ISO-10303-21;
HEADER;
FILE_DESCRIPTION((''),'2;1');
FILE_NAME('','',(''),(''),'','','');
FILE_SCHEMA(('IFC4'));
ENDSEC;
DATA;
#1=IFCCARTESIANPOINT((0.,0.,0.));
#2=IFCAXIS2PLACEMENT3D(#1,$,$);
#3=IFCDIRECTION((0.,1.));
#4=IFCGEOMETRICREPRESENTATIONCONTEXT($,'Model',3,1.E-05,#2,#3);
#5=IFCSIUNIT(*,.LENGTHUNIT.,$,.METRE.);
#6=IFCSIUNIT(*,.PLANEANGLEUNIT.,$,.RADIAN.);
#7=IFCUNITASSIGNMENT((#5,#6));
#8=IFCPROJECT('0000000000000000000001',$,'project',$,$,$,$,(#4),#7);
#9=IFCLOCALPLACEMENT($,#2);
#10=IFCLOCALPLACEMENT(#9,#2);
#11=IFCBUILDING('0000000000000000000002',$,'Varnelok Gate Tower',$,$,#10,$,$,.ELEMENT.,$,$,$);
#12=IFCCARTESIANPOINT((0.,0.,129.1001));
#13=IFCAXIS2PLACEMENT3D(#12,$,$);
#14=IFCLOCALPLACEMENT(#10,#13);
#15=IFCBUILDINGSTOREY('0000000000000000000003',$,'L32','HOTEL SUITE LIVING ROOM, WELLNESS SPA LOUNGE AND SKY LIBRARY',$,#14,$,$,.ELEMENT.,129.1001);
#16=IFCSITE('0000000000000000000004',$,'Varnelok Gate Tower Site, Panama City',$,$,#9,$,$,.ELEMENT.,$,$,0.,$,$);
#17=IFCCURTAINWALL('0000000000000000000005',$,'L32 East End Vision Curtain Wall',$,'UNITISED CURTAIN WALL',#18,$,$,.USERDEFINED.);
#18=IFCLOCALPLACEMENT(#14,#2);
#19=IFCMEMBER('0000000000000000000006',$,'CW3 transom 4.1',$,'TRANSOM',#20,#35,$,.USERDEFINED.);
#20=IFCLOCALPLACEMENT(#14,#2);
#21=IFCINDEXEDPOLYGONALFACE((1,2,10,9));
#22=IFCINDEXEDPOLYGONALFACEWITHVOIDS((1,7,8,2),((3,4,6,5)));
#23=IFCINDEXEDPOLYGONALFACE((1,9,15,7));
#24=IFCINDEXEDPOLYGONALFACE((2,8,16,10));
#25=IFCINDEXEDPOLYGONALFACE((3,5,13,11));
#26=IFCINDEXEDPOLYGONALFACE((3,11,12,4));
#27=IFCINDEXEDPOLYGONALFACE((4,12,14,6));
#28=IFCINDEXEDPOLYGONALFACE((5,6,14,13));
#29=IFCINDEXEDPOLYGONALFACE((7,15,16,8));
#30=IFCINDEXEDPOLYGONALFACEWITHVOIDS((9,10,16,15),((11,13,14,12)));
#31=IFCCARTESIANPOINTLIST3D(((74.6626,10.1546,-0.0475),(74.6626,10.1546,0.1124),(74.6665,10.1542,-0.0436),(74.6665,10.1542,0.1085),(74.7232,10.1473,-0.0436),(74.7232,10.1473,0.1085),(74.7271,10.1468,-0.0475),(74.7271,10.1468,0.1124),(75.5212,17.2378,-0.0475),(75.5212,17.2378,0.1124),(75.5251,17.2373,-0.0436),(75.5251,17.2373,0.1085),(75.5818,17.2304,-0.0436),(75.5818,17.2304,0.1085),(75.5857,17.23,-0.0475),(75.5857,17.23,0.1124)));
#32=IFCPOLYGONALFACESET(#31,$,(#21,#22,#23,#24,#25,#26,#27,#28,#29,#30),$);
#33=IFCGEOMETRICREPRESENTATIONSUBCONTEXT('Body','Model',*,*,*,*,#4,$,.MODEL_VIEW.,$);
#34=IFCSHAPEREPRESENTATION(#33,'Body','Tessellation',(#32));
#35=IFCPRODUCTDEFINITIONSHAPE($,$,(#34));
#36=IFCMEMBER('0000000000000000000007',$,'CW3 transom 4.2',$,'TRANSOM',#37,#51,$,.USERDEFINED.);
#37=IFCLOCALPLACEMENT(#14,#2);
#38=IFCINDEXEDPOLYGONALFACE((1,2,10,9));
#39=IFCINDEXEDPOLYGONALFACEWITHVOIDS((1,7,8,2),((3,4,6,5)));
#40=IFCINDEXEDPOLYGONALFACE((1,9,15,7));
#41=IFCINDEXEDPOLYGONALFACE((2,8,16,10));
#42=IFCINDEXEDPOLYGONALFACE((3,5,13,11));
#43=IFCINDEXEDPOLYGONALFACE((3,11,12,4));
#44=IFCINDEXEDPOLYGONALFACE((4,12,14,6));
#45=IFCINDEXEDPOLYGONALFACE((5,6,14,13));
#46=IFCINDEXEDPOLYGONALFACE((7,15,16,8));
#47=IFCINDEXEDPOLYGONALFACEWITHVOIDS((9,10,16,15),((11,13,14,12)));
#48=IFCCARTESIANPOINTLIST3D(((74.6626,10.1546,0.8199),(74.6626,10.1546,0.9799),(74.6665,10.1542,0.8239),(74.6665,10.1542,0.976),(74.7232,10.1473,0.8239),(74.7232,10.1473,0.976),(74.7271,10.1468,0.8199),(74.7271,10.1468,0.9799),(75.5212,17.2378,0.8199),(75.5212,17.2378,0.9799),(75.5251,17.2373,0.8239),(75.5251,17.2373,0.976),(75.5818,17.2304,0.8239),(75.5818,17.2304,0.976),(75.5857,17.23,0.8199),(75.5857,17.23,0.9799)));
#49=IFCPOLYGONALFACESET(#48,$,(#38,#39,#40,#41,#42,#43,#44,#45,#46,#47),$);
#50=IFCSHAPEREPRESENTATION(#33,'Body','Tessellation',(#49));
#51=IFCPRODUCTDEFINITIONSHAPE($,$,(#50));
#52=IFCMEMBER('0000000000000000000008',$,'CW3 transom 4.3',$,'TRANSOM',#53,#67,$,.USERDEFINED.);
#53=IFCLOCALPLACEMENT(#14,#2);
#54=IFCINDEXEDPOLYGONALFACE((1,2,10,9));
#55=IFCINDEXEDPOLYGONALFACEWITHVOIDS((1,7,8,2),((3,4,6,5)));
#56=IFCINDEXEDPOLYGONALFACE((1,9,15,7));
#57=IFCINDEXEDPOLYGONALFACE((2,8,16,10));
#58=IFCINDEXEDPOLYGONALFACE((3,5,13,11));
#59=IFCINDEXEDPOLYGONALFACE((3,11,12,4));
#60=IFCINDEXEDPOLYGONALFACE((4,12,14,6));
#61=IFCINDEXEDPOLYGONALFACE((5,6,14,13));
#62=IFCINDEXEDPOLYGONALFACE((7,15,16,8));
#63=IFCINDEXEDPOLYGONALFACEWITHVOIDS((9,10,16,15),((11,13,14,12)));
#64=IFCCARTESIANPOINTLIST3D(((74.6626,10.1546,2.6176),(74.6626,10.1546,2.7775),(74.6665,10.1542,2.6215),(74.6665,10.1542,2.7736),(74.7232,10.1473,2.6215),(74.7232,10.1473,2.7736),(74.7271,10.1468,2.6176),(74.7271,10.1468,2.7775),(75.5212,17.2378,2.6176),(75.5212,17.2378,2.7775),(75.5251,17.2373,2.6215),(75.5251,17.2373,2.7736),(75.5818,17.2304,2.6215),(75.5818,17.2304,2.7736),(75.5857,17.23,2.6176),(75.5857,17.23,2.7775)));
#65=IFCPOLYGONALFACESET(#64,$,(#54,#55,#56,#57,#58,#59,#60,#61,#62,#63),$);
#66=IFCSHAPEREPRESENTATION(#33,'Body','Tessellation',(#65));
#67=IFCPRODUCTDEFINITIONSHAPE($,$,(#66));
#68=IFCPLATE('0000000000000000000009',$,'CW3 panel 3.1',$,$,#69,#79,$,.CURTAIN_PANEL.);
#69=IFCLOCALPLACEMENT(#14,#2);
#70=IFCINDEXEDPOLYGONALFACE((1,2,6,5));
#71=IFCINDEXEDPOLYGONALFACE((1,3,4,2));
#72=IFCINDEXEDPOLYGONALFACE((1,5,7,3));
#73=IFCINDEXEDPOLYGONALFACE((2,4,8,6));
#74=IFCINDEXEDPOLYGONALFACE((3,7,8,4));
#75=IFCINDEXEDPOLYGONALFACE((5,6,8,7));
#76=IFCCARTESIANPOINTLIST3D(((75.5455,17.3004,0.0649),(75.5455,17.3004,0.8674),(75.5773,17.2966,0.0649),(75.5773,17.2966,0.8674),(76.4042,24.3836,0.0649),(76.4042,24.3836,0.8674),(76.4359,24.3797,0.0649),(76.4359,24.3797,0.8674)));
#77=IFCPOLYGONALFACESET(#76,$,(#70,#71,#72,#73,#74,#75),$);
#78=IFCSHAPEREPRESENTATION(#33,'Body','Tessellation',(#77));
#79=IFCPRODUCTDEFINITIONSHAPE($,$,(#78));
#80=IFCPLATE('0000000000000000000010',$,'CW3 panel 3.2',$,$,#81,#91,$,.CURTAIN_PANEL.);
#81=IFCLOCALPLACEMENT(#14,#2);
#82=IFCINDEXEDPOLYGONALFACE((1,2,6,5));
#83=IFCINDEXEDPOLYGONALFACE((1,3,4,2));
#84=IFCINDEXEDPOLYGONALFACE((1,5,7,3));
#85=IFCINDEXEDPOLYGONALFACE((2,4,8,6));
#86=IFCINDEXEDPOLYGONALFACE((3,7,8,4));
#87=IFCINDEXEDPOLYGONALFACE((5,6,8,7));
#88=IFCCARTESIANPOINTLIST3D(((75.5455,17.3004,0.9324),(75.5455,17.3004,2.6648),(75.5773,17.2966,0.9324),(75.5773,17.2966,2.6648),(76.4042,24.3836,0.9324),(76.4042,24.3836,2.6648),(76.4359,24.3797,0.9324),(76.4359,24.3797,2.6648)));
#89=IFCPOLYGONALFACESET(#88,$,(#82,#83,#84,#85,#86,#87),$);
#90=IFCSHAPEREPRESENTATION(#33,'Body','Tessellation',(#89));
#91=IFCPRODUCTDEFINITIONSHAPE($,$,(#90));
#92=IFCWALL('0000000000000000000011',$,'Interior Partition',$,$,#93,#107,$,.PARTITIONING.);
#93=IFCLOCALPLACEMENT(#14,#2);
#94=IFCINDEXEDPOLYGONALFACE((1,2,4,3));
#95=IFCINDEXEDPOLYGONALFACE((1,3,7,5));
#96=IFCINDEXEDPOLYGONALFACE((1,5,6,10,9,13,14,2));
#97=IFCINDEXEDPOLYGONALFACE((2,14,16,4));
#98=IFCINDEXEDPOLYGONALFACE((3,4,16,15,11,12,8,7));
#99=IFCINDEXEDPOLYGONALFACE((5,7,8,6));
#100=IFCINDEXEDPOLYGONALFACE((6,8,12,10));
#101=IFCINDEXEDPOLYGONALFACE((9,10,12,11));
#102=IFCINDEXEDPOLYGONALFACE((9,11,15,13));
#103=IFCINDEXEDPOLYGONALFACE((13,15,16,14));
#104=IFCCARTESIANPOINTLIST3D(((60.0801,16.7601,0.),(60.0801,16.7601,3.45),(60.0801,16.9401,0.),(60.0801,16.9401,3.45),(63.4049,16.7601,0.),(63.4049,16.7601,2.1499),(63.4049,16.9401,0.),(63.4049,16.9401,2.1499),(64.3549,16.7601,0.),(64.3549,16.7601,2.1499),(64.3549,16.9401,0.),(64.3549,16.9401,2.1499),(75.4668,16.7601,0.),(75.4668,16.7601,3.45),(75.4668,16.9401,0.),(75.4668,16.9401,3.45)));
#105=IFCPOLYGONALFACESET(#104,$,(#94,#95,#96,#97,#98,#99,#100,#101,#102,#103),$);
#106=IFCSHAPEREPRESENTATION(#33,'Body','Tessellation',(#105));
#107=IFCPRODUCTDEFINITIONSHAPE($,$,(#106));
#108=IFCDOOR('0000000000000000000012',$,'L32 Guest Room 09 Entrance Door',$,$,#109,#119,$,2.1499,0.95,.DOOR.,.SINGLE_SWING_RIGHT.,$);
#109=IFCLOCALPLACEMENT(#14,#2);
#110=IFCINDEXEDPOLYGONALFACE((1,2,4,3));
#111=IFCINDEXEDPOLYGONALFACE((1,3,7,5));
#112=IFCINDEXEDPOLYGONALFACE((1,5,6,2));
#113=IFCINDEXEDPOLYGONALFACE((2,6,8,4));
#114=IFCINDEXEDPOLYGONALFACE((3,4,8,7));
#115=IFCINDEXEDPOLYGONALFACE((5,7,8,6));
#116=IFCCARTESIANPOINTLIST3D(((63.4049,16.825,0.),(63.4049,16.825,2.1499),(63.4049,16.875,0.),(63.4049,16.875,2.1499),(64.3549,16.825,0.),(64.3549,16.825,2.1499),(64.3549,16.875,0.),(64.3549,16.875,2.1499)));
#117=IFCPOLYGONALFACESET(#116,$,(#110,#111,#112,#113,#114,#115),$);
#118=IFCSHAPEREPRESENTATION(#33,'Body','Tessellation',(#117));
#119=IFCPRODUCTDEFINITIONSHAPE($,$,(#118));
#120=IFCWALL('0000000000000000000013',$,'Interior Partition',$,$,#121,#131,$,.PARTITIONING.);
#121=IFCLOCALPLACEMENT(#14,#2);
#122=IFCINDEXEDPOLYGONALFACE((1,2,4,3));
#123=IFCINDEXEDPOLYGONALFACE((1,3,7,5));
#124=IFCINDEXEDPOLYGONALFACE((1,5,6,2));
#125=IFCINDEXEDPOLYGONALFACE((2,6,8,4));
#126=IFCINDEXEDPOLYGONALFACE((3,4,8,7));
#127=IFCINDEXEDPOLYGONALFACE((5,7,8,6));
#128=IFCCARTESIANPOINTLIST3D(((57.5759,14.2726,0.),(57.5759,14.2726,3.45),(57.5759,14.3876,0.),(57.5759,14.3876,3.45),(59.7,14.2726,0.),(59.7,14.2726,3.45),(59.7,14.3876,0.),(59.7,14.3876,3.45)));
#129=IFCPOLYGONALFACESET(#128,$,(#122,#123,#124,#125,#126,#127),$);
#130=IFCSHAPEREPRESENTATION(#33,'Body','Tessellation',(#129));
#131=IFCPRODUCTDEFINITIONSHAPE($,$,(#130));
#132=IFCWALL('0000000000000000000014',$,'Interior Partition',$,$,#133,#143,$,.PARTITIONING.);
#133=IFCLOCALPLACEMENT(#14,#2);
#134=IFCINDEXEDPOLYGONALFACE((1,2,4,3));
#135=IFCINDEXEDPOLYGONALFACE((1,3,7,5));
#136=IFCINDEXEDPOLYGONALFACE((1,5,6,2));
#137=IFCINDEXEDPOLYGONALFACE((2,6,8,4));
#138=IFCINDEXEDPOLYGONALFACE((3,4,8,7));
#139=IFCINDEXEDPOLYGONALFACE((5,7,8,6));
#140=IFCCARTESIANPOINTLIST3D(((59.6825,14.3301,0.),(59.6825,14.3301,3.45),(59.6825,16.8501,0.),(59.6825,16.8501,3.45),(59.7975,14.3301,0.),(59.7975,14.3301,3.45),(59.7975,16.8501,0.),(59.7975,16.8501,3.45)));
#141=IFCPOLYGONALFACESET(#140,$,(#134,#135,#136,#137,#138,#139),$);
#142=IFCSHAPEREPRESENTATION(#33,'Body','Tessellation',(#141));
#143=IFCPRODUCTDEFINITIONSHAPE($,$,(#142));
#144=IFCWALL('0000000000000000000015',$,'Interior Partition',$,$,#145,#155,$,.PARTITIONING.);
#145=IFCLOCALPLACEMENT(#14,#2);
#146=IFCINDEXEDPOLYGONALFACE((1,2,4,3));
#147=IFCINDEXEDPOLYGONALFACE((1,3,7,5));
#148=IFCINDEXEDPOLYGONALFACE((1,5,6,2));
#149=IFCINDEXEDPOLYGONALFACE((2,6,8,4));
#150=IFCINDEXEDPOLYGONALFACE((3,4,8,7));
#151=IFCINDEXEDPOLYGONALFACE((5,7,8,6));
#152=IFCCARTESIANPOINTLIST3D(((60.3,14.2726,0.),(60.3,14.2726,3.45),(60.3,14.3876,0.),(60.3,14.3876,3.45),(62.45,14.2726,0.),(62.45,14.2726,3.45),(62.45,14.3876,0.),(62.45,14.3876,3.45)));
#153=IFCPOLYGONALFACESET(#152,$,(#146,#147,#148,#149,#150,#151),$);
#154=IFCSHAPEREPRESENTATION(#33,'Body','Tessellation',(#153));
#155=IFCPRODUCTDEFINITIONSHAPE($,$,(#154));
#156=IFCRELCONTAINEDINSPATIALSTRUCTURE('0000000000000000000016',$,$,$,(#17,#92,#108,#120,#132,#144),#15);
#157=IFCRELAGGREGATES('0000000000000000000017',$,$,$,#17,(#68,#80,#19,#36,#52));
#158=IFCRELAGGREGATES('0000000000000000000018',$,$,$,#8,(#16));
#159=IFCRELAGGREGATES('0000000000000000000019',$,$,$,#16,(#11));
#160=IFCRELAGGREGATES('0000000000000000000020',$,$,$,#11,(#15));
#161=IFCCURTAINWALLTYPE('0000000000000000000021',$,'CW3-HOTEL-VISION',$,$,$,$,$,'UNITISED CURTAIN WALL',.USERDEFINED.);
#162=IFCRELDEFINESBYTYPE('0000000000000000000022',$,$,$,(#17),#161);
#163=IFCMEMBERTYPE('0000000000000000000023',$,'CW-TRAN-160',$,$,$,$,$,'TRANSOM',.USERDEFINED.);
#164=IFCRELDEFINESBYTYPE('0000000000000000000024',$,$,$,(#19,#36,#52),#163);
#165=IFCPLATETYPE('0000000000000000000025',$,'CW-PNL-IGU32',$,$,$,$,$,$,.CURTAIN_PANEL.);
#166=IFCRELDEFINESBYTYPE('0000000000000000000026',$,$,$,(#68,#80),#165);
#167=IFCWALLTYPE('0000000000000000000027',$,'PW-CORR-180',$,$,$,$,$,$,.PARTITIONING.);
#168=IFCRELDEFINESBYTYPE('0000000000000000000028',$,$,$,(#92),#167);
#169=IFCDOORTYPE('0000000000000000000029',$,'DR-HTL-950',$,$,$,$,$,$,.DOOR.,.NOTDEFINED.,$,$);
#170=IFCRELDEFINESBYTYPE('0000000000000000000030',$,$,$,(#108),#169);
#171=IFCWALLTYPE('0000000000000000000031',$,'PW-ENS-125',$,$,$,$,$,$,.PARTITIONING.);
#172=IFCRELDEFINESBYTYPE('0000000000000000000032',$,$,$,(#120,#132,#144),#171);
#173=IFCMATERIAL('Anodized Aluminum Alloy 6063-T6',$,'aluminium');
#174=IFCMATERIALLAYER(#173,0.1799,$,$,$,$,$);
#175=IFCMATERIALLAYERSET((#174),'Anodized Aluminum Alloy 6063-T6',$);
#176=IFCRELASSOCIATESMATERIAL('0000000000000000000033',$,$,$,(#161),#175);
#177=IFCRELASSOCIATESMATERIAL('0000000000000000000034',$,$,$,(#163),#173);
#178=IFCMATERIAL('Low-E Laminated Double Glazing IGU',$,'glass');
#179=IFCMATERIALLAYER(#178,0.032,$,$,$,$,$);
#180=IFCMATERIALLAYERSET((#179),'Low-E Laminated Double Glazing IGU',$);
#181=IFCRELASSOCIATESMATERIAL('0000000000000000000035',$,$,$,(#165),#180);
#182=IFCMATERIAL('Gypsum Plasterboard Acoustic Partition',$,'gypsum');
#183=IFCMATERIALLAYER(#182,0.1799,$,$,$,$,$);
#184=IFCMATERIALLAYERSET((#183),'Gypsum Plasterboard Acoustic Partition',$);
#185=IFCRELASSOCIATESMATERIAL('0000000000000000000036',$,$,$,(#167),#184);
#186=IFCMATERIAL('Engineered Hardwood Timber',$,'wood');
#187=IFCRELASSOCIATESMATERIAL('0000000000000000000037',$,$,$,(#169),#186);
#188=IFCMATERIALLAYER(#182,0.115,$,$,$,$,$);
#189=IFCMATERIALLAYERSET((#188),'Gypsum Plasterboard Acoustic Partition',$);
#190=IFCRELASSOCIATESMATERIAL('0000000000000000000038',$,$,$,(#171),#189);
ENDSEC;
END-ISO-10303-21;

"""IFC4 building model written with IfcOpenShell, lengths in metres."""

from ifc_helpers import new_model, si_unit, direction, frame, frame_2d, origin, origin_2d, place, context, subcontext, project, spatial, rectangle, hollow_rectangle, extrude, source, transform, mapped, material, layer, layer_set, material_profile, profile_set, type_object, element, fill, aggregate, save


model = new_model("IFC4")

# Units and contexts
model_context = context("Model", 3, precision=1e-05, world=origin(), true_north=direction((0.0, 1.0)))
body_context = subcontext(model_context, "Body", "Model", "MODEL_VIEW")
ifc_project = project(units=[si_unit("LENGTHUNIT", "METRE"), si_unit("PLANEANGLEUNIT", "RADIAN")], contexts=[model_context])

# Site, building, storey
site_placement = place(None, origin())
site = spatial("IfcSite", under=ifc_project, at=site_placement, Name="Varnelok Gate Tower Site, Panama City", CompositionType="ELEMENT", RefElevation=0.0)
building_placement = place(site_placement, origin())
building = spatial("IfcBuilding", under=site, at=building_placement, Name="Varnelok Gate Tower", CompositionType="ELEMENT")
storey_placement = place(building_placement, frame((0.0, 0.0, 129.1001)))
storey = spatial("IfcBuildingStorey", under=building, at=storey_placement, Name="L32", Description="HOTEL SUITE LIVING ROOM, WELLNESS SPA LOUNGE AND SKY LIBRARY", CompositionType="ELEMENT", Elevation=129.1001)

# Curtain wall, members, plates
ifc_material_1 = material(Name="Anodized Aluminum Alloy 6063-T6", Category="aluminium")
ifc_layer_1 = layer(ifc_material_1, 0.1799)
ifc_layer_set_1 = layer_set([ifc_layer_1], Name="Anodized Aluminum Alloy 6063-T6")
curtain_wall_type = type_object("IfcCurtainWallType", Name="CW3-HOTEL-VISION", ElementType="UNITISED CURTAIN WALL", PredefinedType="USERDEFINED", material=ifc_layer_set_1)
curtain_wall_placement = place(storey_placement, origin())
curtain_wall = element("IfcCurtainWall", 1, at=curtain_wall_placement, inside=storey, type_object=curtain_wall_type, Name="L32 East End Vision Curtain Wall", ObjectType="UNITISED CURTAIN WALL", PredefinedType="USERDEFINED")
ifc_material_profile_1 = material_profile(ifc_material_1, hollow_rectangle(XDim=0.0649, YDim=0.1599, WallThickness=0.0039, at=origin_2d()), Name="ALU160X65X4")
ifc_profile_set_1 = profile_set([ifc_material_profile_1], Name="Anodized Aluminum Alloy 6063-T6")
member_type_1 = type_object("IfcMemberType", Name="CW-TRAN-160", ElementType="TRANSOM", PredefinedType="USERDEFINED", material=ifc_profile_set_1)
member_1_placement = place(storey_placement, frame((75.5535, 17.2339, 0.0325), z_axis=(-0.120341, -0.992733, 0.0), x_axis=(0.992733, -0.120341, 0.0)))
member_1 = element("IfcMember", 2, at=member_1_placement, type_object=member_type_1, Name="CW3 transom 4.1", ObjectType="TRANSOM", PredefinedType="USERDEFINED", context=body_context, shape_type="SweptSolid", body=[
    extrude(hollow_rectangle(XDim=0.0649, YDim=0.1599, WallThickness=0.0039, at=origin_2d()), origin(), (0.0, 0.0, 1.0), 7.135),
])
member_2_placement = place(storey_placement, frame((75.5535, 17.2339, 0.8999), z_axis=(-0.120341, -0.992733, 0.0), x_axis=(0.992733, -0.120341, 0.0)))
member_2 = element("IfcMember", 3, at=member_2_placement, type_object=member_type_1, Name="CW3 transom 4.2", ObjectType="TRANSOM", PredefinedType="USERDEFINED", context=body_context, shape_type="SweptSolid", body=[
    extrude(hollow_rectangle(XDim=0.0649, YDim=0.1599, WallThickness=0.0039, at=origin_2d()), origin(), (0.0, 0.0, 1.0), 7.135),
])
member_3_placement = place(storey_placement, frame((75.5535, 17.2339, 2.6975), z_axis=(-0.120341, -0.992733, 0.0), x_axis=(0.992733, -0.120341, 0.0)))
member_3 = element("IfcMember", 4, at=member_3_placement, type_object=member_type_1, Name="CW3 transom 4.3", ObjectType="TRANSOM", PredefinedType="USERDEFINED", context=body_context, shape_type="SweptSolid", body=[
    extrude(hollow_rectangle(XDim=0.0649, YDim=0.1599, WallThickness=0.0039, at=origin_2d()), origin(), (0.0, 0.0, 1.0), 7.135),
])
ifc_material_2 = material(Name="Low-E Laminated Double Glazing IGU", Category="glass")
ifc_layer_2 = layer(ifc_material_2, 0.032)
ifc_layer_set_2 = layer_set([ifc_layer_2], Name="Low-E Laminated Double Glazing IGU")
plate_type = type_object("IfcPlateType", Name="CW-PNL-IGU32", PredefinedType="CURTAIN_PANEL", material=ifc_layer_set_2)
shared_shape_1 = source(origin(), body_context, "Body", "SweptSolid", [
    extrude(rectangle(XDim=7.135, YDim=0.032, at=origin_2d()), origin(), (0.0, 0.0, 1.0), 0.8025),
])
plate_1_placement = place(storey_placement, frame((75.9907, 20.8401, 0.0649), z_axis=(0.0, 0.0, 1.0), x_axis=(-0.120347, -0.992732, 0.0)))
plate_1 = element("IfcPlate", 5, at=plate_1_placement, type_object=plate_type, Name="CW3 panel 3.1", PredefinedType="CURTAIN_PANEL", context=body_context, shape_type="MappedRepresentation", body=[
    mapped(shared_shape_1, transform((0.0, 0.0, 0.0), scale=1.0)),
])
shared_shape_2 = source(origin(), body_context, "Body", "SweptSolid", [
    extrude(rectangle(XDim=7.135, YDim=0.032, at=origin_2d()), origin(), (0.0, 0.0, 1.0), 1.7324),
])
plate_2_placement = place(storey_placement, frame((75.9907, 20.8401, 0.9324), z_axis=(0.0, 0.0, 1.0), x_axis=(-0.120347, -0.992732, 0.0)))
plate_2 = element("IfcPlate", 6, at=plate_2_placement, type_object=plate_type, Name="CW3 panel 3.2", PredefinedType="CURTAIN_PANEL", context=body_context, shape_type="MappedRepresentation", body=[
    mapped(shared_shape_2, transform((0.0, 0.0, 0.0), scale=1.0)),
])
aggregate(curtain_wall, [plate_1, plate_2, member_1, member_2, member_3])

# Wall, opening, door
ifc_material_3 = material(Name="Gypsum Plasterboard Acoustic Partition", Category="gypsum")
ifc_layer_3 = layer(ifc_material_3, 0.1799)
ifc_layer_set_3 = layer_set([ifc_layer_3], Name="Gypsum Plasterboard Acoustic Partition")
wall_type_1 = type_object("IfcWallType", Name="PW-CORR-180", PredefinedType="PARTITIONING", material=ifc_layer_set_3)
wall_1_placement = place(storey_placement, frame((60.0801, 16.8501, 0.0), z_axis=(0.0, 0.0, 1.0), x_axis=(1.0, 0.0, 0.0)))
wall_1 = element("IfcWall", 7, at=wall_1_placement, inside=storey, type_object=wall_type_1, Name="Interior Partition", PredefinedType="PARTITIONING", context=body_context, shape_type="SweptSolid", body=[
    extrude(rectangle(XDim=15.3867, YDim=0.1799, at=frame_2d((7.6934, 0.0))), origin(), (0.0, 0.0, 1.0), 3.45),
])
opening_1_placement = place(wall_1_placement, frame((3.3247, 0.0, 0.0)))
opening_1 = element("IfcOpeningElement", 8, at=opening_1_placement, cuts=wall_1, PredefinedType="OPENING", context=body_context, shape_type="SweptSolid", body=[
    extrude(rectangle(XDim=0.95, YDim=2.1499, at=frame_2d((0.4751, 1.075))), frame((0.0, 0.0999, 0.0), z_axis=(0.0, -1.0, 0.0), x_axis=(1.0, 0.0, 0.0)), (0.0, 0.0, 1.0), 0.2),
])
ifc_material_4 = material(Name="Engineered Hardwood Timber", Category="wood")
door_type_1 = type_object("IfcDoorType", Name="DR-HTL-950", OperationType="NOTDEFINED", PredefinedType="DOOR", material=ifc_material_4)
door_1_placement = place(opening_1_placement, origin())
door_1 = element("IfcDoor", 9, at=door_1_placement, inside=storey, type_object=door_type_1, Name="L32 Guest Room 09 Entrance Door", OperationType="SINGLE_SWING_RIGHT", OverallHeight=2.1499, OverallWidth=0.95, PredefinedType="DOOR", context=body_context, shape_type="SweptSolid", body=[
    extrude(rectangle(XDim=0.95, YDim=2.1499, at=frame_2d((0.4751, 1.075))), frame((0.0, 0.0249, 0.0), z_axis=(0.0, -1.0, 0.0), x_axis=(1.0, 0.0, 0.0)), (0.0, 0.0, 1.0), 0.05),
])
fill(opening_1, door_1)

# Walls
ifc_layer_4 = layer(ifc_material_3, 0.115)
ifc_layer_set_4 = layer_set([ifc_layer_4], Name="Gypsum Plasterboard Acoustic Partition")
wall_type_2 = type_object("IfcWallType", Name="PW-ENS-125", PredefinedType="PARTITIONING", material=ifc_layer_set_4)
wall_2_placement = place(storey_placement, frame((57.5759, 14.3301, 0.0), z_axis=(0.0, 0.0, 1.0), x_axis=(1.0, 0.0, 0.0)))
element("IfcWall", 10, at=wall_2_placement, inside=storey, type_object=wall_type_2, Name="Interior Partition", PredefinedType="PARTITIONING", context=body_context, shape_type="SweptSolid", body=[
    extrude(rectangle(XDim=2.124, YDim=0.115, at=frame_2d((1.062, 0.0))), origin(), (0.0, 0.0, 1.0), 3.45),
])
wall_3_placement = place(storey_placement, frame((59.74, 14.3301, 0.0), z_axis=(0.0, 0.0, 1.0), x_axis=(0.0, 1.0, 0.0)))
element("IfcWall", 11, at=wall_3_placement, inside=storey, type_object=wall_type_2, Name="Interior Partition", PredefinedType="PARTITIONING", context=body_context, shape_type="SweptSolid", body=[
    extrude(rectangle(XDim=2.52, YDim=0.115, at=frame_2d((1.26, 0.0))), origin(), (0.0, 0.0, 1.0), 3.45),
])
wall_4_placement = place(storey_placement, frame((60.3, 14.3301, 0.0), z_axis=(0.0, 0.0, 1.0), x_axis=(1.0, 0.0, 0.0)))
element("IfcWall", 12, at=wall_4_placement, inside=storey, type_object=wall_type_2, Name="Interior Partition", PredefinedType="PARTITIONING", context=body_context, shape_type="SweptSolid", body=[
    extrude(rectangle(XDim=2.1499, YDim=0.115, at=frame_2d((1.075, 0.0))), origin(), (0.0, 0.0, 1.0), 3.45),
])

save(model, "model.ifc")
